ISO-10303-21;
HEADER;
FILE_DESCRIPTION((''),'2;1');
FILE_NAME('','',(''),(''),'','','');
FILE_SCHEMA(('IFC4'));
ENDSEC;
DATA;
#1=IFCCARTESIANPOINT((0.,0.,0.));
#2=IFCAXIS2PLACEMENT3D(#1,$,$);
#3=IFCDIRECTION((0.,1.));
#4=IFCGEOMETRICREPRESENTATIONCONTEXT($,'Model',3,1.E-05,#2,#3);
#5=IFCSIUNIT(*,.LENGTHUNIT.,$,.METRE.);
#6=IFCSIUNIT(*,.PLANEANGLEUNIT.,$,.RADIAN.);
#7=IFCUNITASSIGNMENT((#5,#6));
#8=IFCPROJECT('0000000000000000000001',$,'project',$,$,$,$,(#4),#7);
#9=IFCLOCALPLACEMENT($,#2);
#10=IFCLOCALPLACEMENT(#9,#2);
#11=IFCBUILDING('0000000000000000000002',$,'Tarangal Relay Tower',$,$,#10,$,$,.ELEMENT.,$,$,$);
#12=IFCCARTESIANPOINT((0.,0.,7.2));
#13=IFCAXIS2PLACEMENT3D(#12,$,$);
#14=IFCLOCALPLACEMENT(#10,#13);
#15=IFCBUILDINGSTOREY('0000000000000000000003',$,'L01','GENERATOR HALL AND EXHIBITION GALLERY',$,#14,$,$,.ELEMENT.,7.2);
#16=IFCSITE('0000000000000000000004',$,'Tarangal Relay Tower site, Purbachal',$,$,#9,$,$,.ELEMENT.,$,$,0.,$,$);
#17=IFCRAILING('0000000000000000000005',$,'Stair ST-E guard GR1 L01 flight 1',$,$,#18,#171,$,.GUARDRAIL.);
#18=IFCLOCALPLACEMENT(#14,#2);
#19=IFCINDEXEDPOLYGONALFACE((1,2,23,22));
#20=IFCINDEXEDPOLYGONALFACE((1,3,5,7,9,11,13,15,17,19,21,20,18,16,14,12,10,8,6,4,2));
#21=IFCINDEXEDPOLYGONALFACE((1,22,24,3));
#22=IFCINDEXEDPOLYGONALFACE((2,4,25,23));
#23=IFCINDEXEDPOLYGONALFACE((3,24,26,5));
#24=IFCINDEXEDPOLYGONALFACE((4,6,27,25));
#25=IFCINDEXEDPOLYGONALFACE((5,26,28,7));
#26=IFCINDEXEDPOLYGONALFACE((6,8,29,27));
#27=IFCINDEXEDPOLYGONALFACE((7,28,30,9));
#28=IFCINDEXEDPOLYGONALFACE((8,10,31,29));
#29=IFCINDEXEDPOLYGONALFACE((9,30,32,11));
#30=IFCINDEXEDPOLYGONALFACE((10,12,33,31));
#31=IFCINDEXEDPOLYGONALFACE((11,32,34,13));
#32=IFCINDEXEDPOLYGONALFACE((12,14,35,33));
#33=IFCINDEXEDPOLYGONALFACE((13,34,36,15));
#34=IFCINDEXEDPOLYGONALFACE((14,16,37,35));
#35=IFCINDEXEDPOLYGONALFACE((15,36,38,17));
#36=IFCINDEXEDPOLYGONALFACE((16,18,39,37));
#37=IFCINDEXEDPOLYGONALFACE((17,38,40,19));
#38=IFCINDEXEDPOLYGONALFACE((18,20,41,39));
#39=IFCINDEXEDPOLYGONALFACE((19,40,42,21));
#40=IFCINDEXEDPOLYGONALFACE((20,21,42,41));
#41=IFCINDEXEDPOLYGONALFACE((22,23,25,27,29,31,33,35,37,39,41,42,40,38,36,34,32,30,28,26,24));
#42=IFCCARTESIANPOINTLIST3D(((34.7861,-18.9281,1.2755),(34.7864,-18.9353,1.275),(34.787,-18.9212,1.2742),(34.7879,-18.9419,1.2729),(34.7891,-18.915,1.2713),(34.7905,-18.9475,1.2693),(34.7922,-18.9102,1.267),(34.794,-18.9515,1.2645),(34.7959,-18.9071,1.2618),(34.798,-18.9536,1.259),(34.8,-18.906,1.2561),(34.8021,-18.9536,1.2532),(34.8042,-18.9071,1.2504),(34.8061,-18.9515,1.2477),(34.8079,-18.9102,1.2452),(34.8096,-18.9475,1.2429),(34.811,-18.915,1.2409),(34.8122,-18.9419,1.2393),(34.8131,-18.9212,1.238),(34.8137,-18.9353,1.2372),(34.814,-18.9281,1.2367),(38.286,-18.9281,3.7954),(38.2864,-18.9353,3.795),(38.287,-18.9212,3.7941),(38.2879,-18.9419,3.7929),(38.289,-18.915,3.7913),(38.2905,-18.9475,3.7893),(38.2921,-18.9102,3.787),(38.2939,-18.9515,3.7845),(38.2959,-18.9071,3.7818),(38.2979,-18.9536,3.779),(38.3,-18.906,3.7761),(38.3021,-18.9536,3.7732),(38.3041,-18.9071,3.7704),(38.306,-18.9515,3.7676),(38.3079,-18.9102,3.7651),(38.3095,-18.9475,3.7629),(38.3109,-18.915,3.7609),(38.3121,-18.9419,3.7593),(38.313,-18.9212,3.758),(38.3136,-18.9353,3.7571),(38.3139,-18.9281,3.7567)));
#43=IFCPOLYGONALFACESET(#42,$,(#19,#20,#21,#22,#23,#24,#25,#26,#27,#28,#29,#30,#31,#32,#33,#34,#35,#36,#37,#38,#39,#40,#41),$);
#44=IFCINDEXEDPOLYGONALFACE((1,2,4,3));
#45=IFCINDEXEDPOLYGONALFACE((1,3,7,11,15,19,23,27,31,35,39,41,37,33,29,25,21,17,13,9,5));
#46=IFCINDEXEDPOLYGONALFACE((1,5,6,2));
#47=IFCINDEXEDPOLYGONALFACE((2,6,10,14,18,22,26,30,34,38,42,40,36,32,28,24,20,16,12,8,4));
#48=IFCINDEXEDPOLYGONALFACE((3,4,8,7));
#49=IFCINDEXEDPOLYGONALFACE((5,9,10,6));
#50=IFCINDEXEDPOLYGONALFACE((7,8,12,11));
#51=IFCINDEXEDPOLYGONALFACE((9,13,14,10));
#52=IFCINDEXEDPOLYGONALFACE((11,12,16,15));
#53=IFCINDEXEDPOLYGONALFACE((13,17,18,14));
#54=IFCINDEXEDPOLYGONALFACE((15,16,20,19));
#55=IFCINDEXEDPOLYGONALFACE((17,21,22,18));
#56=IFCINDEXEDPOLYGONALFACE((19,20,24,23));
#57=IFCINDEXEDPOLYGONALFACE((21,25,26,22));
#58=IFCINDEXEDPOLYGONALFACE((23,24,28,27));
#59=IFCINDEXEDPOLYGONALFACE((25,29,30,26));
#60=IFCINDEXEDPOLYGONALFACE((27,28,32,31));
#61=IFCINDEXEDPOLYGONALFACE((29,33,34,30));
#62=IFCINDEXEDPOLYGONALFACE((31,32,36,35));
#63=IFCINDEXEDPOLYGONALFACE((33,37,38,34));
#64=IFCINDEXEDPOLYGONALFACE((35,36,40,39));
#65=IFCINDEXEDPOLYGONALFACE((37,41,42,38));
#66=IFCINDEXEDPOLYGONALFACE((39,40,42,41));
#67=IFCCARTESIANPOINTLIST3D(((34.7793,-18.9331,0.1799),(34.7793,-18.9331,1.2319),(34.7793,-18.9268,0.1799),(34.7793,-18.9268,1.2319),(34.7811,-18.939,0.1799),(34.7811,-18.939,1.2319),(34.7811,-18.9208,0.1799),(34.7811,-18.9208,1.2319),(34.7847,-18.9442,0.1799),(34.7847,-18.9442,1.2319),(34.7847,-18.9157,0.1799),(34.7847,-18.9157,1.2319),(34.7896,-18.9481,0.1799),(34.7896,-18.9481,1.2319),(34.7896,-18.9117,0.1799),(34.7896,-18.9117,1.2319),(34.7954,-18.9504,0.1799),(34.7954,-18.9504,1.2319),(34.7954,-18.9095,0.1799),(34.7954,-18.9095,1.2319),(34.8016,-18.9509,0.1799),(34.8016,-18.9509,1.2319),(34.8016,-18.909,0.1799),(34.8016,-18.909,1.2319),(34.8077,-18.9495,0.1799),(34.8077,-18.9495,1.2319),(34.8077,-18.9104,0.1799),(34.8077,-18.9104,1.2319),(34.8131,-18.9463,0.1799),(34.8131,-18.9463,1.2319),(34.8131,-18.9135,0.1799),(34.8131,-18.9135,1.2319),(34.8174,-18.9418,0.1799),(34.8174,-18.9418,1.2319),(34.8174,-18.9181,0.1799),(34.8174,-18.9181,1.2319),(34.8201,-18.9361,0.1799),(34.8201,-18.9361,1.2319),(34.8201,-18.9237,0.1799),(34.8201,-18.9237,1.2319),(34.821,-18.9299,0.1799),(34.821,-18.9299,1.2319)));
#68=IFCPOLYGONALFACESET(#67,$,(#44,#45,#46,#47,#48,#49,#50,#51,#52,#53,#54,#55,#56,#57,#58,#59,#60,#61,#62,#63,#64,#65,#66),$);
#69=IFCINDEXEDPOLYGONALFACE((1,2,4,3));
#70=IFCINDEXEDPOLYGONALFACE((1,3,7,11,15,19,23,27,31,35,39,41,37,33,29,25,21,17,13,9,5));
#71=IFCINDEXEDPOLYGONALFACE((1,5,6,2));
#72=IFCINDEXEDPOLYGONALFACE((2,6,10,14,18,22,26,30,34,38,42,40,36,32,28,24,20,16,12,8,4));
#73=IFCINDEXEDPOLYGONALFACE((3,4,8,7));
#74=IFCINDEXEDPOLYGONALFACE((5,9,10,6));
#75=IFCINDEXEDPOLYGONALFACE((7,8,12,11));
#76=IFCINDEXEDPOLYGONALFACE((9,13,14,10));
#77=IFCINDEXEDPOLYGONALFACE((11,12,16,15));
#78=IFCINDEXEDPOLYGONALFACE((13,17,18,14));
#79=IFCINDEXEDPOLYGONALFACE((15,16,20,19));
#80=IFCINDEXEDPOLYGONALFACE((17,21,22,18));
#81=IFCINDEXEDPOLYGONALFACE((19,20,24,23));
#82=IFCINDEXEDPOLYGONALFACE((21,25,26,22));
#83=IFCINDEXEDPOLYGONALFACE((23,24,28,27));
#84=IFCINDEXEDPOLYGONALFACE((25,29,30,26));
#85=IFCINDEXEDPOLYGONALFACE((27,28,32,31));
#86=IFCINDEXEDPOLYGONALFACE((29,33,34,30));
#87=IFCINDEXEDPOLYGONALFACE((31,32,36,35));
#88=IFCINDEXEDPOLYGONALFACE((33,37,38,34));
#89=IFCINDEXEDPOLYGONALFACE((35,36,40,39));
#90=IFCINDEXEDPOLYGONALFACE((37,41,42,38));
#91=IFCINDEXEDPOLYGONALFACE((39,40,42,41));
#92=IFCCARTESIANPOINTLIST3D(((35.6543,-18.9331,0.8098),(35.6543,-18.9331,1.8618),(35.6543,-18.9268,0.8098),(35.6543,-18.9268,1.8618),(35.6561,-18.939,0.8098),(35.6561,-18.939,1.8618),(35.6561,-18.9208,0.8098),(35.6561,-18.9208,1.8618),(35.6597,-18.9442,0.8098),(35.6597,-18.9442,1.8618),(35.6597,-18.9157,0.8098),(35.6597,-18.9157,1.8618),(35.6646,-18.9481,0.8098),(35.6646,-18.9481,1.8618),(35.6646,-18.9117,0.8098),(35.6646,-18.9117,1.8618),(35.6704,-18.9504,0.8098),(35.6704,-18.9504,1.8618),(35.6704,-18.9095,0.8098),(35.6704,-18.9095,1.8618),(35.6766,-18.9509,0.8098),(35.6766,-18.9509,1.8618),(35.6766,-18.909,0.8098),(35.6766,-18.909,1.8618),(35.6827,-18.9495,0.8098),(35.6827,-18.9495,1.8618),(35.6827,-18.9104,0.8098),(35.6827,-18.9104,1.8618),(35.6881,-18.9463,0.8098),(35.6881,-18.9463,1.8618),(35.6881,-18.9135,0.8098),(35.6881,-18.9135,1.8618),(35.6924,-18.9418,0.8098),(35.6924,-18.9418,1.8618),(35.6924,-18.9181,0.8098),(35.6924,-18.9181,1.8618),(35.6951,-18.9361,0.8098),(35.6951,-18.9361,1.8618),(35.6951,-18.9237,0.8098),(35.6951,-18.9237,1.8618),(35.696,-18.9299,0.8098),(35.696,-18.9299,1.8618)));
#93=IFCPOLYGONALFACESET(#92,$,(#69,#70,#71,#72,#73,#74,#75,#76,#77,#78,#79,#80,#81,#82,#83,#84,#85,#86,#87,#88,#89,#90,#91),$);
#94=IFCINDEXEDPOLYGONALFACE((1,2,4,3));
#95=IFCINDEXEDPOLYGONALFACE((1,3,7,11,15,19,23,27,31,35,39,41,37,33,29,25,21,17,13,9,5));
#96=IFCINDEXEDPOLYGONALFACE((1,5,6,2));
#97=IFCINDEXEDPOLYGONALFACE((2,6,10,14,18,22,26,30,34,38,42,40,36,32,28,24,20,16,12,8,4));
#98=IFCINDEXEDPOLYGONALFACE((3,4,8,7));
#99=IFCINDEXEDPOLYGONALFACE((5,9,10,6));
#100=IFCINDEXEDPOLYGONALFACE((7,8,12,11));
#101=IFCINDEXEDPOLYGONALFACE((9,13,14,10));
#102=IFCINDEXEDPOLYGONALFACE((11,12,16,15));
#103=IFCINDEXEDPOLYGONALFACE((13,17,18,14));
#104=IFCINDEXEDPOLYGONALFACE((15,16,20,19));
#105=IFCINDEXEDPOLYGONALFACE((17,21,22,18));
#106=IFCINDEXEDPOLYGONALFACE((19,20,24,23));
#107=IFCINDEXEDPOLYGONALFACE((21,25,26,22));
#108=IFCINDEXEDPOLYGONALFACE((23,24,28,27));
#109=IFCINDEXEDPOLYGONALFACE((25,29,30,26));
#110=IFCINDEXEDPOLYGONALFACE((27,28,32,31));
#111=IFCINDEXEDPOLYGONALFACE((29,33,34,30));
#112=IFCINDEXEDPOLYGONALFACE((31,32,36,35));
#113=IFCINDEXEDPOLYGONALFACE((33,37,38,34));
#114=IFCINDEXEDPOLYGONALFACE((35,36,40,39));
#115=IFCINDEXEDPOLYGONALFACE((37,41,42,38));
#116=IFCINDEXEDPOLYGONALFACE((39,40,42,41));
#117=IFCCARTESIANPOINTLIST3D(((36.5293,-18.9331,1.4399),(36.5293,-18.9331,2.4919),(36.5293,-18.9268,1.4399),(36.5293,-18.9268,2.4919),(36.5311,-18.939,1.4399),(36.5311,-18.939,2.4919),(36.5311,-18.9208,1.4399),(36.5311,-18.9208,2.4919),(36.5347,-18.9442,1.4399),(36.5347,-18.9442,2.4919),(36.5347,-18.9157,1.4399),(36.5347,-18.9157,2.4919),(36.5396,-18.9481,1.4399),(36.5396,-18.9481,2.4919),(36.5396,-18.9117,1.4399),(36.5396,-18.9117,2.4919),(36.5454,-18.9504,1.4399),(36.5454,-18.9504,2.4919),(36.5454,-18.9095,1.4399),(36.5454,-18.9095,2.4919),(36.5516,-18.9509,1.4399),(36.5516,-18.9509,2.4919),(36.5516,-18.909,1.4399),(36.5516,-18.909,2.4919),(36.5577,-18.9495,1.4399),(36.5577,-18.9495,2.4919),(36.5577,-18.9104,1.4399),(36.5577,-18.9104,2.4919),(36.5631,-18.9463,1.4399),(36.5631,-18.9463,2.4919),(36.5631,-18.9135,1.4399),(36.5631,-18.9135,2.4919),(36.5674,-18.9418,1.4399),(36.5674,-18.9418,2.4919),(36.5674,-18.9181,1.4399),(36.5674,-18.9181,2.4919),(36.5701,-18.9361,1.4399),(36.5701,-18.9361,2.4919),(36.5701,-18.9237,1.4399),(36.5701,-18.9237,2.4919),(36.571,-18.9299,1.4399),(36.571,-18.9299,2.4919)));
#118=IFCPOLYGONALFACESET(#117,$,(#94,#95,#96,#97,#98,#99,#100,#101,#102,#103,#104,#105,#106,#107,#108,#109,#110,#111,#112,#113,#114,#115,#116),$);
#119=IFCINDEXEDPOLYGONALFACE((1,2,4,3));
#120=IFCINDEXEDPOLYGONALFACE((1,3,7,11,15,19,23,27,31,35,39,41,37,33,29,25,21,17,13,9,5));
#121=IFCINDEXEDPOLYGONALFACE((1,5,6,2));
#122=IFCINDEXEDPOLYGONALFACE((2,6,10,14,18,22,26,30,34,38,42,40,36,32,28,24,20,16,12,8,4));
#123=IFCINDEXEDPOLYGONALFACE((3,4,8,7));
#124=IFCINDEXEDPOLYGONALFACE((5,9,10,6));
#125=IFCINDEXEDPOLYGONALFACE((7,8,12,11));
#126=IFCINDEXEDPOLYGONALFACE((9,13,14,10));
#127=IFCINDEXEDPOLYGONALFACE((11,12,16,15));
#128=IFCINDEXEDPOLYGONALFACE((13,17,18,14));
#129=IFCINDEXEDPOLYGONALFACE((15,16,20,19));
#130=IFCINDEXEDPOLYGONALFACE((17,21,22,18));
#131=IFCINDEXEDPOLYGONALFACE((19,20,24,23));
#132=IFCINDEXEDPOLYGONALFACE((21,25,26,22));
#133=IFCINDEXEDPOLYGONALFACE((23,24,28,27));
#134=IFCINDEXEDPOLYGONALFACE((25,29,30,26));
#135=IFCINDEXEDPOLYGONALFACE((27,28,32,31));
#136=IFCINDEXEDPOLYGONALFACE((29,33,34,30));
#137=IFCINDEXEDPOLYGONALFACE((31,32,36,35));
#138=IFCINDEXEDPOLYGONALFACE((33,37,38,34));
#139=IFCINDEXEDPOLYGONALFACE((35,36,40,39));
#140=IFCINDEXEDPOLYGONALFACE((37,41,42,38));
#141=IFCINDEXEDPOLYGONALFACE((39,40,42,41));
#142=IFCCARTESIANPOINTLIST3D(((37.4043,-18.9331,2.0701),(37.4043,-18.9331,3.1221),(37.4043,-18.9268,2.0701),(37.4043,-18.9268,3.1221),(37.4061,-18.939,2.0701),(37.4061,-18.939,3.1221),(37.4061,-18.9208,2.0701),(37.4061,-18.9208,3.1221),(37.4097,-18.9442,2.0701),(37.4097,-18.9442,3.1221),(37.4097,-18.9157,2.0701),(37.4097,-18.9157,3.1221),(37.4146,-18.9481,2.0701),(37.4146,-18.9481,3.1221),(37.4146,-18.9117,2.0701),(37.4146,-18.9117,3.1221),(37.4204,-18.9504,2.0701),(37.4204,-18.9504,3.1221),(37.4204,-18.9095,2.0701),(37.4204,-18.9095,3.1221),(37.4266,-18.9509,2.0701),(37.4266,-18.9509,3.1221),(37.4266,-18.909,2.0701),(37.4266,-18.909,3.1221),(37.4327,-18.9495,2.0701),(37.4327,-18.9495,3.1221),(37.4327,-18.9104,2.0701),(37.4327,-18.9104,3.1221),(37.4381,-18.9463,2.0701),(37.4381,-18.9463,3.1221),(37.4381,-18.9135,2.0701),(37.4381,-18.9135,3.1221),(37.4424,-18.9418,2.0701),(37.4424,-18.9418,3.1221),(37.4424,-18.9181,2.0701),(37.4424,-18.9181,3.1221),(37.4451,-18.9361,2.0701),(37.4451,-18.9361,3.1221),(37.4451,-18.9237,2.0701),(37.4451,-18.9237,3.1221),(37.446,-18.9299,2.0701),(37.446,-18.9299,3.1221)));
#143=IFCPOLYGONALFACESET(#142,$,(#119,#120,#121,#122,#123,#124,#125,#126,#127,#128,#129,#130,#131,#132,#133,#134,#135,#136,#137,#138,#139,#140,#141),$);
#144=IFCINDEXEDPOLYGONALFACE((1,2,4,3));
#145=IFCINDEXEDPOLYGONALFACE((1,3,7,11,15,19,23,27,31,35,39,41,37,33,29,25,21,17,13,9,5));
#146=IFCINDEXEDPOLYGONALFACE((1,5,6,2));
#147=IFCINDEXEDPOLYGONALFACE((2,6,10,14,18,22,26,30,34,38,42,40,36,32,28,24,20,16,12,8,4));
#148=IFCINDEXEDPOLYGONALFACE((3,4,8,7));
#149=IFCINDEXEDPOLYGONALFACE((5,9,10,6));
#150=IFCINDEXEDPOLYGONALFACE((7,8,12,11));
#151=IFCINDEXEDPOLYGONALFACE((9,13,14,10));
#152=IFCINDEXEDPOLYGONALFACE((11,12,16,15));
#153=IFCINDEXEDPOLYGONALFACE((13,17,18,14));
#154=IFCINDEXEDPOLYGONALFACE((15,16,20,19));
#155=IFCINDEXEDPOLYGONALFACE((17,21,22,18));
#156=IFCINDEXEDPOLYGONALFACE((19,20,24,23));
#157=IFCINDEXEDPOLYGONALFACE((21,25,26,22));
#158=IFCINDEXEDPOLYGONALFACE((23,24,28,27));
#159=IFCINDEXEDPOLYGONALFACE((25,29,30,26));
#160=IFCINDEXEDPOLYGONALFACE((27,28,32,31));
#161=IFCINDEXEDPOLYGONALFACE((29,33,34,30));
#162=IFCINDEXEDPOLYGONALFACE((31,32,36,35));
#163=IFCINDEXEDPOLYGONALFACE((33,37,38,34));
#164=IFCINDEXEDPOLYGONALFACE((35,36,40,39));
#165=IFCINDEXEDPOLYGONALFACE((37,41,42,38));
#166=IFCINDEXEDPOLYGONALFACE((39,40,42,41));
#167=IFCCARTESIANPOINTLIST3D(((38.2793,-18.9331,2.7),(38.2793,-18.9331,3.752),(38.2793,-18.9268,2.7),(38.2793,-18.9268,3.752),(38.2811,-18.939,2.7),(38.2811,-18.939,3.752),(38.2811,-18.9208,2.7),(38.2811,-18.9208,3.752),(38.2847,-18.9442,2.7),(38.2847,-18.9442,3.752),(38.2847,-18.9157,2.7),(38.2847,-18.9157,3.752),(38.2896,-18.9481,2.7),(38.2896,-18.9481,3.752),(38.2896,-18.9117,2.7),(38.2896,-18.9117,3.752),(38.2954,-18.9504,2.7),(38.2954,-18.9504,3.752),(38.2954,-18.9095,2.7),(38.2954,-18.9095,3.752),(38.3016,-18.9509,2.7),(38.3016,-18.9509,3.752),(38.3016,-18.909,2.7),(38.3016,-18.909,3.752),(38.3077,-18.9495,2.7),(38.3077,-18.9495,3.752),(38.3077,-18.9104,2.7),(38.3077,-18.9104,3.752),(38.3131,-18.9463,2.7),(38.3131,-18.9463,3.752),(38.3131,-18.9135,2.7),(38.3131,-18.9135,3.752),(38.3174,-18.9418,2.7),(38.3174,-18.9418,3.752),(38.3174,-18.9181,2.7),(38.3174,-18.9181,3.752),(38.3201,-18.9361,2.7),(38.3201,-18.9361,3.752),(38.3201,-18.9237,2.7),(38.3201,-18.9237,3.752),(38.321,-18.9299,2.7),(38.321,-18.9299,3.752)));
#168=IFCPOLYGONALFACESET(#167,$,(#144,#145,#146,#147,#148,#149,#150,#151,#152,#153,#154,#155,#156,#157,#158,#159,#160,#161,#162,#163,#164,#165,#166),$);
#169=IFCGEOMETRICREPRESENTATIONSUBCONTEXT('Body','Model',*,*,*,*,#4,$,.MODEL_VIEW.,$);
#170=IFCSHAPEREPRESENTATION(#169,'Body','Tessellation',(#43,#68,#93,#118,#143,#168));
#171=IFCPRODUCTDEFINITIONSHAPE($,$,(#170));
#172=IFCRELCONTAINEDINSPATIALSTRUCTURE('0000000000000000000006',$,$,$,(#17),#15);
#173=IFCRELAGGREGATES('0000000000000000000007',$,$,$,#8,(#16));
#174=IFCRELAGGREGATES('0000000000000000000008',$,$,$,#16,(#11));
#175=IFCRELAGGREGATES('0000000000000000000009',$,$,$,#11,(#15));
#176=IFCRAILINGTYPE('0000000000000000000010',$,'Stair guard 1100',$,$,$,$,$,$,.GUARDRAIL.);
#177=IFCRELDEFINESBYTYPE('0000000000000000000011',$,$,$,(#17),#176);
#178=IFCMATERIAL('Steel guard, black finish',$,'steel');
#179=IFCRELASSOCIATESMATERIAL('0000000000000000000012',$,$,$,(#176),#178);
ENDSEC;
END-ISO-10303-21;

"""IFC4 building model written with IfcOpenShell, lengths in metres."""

from ifc_helpers import new_model, si_unit, direction, frame, origin, origin_2d, place, context, subcontext, project, spatial, circle, extrude, material, type_object, element, save


model = new_model("IFC4")

# Units and contexts
model_context = context("Model", 3, precision=1e-05, world=origin(), true_north=direction((0.0, 1.0)))
body_context = subcontext(model_context, "Body", "Model", "MODEL_VIEW")
ifc_project = project(units=[si_unit("LENGTHUNIT", "METRE"), si_unit("PLANEANGLEUNIT", "RADIAN")], contexts=[model_context])

# Site, building, storey
site_placement = place(None, origin())
site = spatial("IfcSite", under=ifc_project, at=site_placement, Name="Tarangal Relay Tower site, Purbachal", CompositionType="ELEMENT", RefElevation=0.0)
building_placement = place(site_placement, origin())
building = spatial("IfcBuilding", under=site, at=building_placement, Name="Tarangal Relay Tower", CompositionType="ELEMENT")
storey_placement = place(building_placement, frame((0.0, 0.0, 7.2)))
storey = spatial("IfcBuildingStorey", under=building, at=storey_placement, Name="L01", Description="GENERATOR HALL AND EXHIBITION GALLERY", CompositionType="ELEMENT", Elevation=7.2)

# Railing
ifc_material_1 = material(Name="Steel guard, black finish", Category="steel")
railing_type_1 = type_object("IfcRailingType", Name="Stair guard 1100", PredefinedType="GUARDRAIL", material=ifc_material_1)
railing_1_placement = place(storey_placement, frame((34.8, -18.9299, 0.1799)))
element("IfcRailing", 1, at=railing_1_placement, inside=storey, type_object=railing_type_1, Name="Stair ST-E guard GR1 L01 flight 1", PredefinedType="GUARDRAIL", context=body_context, shape_type="SweptSolid", body=[
    extrude(circle(Radius=0.0239, at=origin_2d()), frame((0.0, 0.0, 1.0762), z_axis=(0.811532, 0.0, 0.584308), x_axis=(0.0, 1.0, 0.0)), (0.0, 0.0, 1.0), 4.3127),
    extrude(circle(Radius=0.021, at=origin_2d()), origin(), (0.0, 0.0, 1.0), 1.052),
    extrude(circle(Radius=0.021, at=origin_2d()), frame((0.875, 0.0, 0.6299)), (0.0, 0.0, 1.0), 1.052),
    extrude(circle(Radius=0.021, at=origin_2d()), frame((1.75, 0.0, 1.26)), (0.0, 0.0, 1.0), 1.052),
    extrude(circle(Radius=0.021, at=origin_2d()), frame((2.625, 0.0, 1.8901)), (0.0, 0.0, 1.0), 1.052),
    extrude(circle(Radius=0.021, at=origin_2d()), frame((3.5, 0.0, 2.52)), (0.0, 0.0, 1.0), 1.052),
])

save(model, "model.ifc")
